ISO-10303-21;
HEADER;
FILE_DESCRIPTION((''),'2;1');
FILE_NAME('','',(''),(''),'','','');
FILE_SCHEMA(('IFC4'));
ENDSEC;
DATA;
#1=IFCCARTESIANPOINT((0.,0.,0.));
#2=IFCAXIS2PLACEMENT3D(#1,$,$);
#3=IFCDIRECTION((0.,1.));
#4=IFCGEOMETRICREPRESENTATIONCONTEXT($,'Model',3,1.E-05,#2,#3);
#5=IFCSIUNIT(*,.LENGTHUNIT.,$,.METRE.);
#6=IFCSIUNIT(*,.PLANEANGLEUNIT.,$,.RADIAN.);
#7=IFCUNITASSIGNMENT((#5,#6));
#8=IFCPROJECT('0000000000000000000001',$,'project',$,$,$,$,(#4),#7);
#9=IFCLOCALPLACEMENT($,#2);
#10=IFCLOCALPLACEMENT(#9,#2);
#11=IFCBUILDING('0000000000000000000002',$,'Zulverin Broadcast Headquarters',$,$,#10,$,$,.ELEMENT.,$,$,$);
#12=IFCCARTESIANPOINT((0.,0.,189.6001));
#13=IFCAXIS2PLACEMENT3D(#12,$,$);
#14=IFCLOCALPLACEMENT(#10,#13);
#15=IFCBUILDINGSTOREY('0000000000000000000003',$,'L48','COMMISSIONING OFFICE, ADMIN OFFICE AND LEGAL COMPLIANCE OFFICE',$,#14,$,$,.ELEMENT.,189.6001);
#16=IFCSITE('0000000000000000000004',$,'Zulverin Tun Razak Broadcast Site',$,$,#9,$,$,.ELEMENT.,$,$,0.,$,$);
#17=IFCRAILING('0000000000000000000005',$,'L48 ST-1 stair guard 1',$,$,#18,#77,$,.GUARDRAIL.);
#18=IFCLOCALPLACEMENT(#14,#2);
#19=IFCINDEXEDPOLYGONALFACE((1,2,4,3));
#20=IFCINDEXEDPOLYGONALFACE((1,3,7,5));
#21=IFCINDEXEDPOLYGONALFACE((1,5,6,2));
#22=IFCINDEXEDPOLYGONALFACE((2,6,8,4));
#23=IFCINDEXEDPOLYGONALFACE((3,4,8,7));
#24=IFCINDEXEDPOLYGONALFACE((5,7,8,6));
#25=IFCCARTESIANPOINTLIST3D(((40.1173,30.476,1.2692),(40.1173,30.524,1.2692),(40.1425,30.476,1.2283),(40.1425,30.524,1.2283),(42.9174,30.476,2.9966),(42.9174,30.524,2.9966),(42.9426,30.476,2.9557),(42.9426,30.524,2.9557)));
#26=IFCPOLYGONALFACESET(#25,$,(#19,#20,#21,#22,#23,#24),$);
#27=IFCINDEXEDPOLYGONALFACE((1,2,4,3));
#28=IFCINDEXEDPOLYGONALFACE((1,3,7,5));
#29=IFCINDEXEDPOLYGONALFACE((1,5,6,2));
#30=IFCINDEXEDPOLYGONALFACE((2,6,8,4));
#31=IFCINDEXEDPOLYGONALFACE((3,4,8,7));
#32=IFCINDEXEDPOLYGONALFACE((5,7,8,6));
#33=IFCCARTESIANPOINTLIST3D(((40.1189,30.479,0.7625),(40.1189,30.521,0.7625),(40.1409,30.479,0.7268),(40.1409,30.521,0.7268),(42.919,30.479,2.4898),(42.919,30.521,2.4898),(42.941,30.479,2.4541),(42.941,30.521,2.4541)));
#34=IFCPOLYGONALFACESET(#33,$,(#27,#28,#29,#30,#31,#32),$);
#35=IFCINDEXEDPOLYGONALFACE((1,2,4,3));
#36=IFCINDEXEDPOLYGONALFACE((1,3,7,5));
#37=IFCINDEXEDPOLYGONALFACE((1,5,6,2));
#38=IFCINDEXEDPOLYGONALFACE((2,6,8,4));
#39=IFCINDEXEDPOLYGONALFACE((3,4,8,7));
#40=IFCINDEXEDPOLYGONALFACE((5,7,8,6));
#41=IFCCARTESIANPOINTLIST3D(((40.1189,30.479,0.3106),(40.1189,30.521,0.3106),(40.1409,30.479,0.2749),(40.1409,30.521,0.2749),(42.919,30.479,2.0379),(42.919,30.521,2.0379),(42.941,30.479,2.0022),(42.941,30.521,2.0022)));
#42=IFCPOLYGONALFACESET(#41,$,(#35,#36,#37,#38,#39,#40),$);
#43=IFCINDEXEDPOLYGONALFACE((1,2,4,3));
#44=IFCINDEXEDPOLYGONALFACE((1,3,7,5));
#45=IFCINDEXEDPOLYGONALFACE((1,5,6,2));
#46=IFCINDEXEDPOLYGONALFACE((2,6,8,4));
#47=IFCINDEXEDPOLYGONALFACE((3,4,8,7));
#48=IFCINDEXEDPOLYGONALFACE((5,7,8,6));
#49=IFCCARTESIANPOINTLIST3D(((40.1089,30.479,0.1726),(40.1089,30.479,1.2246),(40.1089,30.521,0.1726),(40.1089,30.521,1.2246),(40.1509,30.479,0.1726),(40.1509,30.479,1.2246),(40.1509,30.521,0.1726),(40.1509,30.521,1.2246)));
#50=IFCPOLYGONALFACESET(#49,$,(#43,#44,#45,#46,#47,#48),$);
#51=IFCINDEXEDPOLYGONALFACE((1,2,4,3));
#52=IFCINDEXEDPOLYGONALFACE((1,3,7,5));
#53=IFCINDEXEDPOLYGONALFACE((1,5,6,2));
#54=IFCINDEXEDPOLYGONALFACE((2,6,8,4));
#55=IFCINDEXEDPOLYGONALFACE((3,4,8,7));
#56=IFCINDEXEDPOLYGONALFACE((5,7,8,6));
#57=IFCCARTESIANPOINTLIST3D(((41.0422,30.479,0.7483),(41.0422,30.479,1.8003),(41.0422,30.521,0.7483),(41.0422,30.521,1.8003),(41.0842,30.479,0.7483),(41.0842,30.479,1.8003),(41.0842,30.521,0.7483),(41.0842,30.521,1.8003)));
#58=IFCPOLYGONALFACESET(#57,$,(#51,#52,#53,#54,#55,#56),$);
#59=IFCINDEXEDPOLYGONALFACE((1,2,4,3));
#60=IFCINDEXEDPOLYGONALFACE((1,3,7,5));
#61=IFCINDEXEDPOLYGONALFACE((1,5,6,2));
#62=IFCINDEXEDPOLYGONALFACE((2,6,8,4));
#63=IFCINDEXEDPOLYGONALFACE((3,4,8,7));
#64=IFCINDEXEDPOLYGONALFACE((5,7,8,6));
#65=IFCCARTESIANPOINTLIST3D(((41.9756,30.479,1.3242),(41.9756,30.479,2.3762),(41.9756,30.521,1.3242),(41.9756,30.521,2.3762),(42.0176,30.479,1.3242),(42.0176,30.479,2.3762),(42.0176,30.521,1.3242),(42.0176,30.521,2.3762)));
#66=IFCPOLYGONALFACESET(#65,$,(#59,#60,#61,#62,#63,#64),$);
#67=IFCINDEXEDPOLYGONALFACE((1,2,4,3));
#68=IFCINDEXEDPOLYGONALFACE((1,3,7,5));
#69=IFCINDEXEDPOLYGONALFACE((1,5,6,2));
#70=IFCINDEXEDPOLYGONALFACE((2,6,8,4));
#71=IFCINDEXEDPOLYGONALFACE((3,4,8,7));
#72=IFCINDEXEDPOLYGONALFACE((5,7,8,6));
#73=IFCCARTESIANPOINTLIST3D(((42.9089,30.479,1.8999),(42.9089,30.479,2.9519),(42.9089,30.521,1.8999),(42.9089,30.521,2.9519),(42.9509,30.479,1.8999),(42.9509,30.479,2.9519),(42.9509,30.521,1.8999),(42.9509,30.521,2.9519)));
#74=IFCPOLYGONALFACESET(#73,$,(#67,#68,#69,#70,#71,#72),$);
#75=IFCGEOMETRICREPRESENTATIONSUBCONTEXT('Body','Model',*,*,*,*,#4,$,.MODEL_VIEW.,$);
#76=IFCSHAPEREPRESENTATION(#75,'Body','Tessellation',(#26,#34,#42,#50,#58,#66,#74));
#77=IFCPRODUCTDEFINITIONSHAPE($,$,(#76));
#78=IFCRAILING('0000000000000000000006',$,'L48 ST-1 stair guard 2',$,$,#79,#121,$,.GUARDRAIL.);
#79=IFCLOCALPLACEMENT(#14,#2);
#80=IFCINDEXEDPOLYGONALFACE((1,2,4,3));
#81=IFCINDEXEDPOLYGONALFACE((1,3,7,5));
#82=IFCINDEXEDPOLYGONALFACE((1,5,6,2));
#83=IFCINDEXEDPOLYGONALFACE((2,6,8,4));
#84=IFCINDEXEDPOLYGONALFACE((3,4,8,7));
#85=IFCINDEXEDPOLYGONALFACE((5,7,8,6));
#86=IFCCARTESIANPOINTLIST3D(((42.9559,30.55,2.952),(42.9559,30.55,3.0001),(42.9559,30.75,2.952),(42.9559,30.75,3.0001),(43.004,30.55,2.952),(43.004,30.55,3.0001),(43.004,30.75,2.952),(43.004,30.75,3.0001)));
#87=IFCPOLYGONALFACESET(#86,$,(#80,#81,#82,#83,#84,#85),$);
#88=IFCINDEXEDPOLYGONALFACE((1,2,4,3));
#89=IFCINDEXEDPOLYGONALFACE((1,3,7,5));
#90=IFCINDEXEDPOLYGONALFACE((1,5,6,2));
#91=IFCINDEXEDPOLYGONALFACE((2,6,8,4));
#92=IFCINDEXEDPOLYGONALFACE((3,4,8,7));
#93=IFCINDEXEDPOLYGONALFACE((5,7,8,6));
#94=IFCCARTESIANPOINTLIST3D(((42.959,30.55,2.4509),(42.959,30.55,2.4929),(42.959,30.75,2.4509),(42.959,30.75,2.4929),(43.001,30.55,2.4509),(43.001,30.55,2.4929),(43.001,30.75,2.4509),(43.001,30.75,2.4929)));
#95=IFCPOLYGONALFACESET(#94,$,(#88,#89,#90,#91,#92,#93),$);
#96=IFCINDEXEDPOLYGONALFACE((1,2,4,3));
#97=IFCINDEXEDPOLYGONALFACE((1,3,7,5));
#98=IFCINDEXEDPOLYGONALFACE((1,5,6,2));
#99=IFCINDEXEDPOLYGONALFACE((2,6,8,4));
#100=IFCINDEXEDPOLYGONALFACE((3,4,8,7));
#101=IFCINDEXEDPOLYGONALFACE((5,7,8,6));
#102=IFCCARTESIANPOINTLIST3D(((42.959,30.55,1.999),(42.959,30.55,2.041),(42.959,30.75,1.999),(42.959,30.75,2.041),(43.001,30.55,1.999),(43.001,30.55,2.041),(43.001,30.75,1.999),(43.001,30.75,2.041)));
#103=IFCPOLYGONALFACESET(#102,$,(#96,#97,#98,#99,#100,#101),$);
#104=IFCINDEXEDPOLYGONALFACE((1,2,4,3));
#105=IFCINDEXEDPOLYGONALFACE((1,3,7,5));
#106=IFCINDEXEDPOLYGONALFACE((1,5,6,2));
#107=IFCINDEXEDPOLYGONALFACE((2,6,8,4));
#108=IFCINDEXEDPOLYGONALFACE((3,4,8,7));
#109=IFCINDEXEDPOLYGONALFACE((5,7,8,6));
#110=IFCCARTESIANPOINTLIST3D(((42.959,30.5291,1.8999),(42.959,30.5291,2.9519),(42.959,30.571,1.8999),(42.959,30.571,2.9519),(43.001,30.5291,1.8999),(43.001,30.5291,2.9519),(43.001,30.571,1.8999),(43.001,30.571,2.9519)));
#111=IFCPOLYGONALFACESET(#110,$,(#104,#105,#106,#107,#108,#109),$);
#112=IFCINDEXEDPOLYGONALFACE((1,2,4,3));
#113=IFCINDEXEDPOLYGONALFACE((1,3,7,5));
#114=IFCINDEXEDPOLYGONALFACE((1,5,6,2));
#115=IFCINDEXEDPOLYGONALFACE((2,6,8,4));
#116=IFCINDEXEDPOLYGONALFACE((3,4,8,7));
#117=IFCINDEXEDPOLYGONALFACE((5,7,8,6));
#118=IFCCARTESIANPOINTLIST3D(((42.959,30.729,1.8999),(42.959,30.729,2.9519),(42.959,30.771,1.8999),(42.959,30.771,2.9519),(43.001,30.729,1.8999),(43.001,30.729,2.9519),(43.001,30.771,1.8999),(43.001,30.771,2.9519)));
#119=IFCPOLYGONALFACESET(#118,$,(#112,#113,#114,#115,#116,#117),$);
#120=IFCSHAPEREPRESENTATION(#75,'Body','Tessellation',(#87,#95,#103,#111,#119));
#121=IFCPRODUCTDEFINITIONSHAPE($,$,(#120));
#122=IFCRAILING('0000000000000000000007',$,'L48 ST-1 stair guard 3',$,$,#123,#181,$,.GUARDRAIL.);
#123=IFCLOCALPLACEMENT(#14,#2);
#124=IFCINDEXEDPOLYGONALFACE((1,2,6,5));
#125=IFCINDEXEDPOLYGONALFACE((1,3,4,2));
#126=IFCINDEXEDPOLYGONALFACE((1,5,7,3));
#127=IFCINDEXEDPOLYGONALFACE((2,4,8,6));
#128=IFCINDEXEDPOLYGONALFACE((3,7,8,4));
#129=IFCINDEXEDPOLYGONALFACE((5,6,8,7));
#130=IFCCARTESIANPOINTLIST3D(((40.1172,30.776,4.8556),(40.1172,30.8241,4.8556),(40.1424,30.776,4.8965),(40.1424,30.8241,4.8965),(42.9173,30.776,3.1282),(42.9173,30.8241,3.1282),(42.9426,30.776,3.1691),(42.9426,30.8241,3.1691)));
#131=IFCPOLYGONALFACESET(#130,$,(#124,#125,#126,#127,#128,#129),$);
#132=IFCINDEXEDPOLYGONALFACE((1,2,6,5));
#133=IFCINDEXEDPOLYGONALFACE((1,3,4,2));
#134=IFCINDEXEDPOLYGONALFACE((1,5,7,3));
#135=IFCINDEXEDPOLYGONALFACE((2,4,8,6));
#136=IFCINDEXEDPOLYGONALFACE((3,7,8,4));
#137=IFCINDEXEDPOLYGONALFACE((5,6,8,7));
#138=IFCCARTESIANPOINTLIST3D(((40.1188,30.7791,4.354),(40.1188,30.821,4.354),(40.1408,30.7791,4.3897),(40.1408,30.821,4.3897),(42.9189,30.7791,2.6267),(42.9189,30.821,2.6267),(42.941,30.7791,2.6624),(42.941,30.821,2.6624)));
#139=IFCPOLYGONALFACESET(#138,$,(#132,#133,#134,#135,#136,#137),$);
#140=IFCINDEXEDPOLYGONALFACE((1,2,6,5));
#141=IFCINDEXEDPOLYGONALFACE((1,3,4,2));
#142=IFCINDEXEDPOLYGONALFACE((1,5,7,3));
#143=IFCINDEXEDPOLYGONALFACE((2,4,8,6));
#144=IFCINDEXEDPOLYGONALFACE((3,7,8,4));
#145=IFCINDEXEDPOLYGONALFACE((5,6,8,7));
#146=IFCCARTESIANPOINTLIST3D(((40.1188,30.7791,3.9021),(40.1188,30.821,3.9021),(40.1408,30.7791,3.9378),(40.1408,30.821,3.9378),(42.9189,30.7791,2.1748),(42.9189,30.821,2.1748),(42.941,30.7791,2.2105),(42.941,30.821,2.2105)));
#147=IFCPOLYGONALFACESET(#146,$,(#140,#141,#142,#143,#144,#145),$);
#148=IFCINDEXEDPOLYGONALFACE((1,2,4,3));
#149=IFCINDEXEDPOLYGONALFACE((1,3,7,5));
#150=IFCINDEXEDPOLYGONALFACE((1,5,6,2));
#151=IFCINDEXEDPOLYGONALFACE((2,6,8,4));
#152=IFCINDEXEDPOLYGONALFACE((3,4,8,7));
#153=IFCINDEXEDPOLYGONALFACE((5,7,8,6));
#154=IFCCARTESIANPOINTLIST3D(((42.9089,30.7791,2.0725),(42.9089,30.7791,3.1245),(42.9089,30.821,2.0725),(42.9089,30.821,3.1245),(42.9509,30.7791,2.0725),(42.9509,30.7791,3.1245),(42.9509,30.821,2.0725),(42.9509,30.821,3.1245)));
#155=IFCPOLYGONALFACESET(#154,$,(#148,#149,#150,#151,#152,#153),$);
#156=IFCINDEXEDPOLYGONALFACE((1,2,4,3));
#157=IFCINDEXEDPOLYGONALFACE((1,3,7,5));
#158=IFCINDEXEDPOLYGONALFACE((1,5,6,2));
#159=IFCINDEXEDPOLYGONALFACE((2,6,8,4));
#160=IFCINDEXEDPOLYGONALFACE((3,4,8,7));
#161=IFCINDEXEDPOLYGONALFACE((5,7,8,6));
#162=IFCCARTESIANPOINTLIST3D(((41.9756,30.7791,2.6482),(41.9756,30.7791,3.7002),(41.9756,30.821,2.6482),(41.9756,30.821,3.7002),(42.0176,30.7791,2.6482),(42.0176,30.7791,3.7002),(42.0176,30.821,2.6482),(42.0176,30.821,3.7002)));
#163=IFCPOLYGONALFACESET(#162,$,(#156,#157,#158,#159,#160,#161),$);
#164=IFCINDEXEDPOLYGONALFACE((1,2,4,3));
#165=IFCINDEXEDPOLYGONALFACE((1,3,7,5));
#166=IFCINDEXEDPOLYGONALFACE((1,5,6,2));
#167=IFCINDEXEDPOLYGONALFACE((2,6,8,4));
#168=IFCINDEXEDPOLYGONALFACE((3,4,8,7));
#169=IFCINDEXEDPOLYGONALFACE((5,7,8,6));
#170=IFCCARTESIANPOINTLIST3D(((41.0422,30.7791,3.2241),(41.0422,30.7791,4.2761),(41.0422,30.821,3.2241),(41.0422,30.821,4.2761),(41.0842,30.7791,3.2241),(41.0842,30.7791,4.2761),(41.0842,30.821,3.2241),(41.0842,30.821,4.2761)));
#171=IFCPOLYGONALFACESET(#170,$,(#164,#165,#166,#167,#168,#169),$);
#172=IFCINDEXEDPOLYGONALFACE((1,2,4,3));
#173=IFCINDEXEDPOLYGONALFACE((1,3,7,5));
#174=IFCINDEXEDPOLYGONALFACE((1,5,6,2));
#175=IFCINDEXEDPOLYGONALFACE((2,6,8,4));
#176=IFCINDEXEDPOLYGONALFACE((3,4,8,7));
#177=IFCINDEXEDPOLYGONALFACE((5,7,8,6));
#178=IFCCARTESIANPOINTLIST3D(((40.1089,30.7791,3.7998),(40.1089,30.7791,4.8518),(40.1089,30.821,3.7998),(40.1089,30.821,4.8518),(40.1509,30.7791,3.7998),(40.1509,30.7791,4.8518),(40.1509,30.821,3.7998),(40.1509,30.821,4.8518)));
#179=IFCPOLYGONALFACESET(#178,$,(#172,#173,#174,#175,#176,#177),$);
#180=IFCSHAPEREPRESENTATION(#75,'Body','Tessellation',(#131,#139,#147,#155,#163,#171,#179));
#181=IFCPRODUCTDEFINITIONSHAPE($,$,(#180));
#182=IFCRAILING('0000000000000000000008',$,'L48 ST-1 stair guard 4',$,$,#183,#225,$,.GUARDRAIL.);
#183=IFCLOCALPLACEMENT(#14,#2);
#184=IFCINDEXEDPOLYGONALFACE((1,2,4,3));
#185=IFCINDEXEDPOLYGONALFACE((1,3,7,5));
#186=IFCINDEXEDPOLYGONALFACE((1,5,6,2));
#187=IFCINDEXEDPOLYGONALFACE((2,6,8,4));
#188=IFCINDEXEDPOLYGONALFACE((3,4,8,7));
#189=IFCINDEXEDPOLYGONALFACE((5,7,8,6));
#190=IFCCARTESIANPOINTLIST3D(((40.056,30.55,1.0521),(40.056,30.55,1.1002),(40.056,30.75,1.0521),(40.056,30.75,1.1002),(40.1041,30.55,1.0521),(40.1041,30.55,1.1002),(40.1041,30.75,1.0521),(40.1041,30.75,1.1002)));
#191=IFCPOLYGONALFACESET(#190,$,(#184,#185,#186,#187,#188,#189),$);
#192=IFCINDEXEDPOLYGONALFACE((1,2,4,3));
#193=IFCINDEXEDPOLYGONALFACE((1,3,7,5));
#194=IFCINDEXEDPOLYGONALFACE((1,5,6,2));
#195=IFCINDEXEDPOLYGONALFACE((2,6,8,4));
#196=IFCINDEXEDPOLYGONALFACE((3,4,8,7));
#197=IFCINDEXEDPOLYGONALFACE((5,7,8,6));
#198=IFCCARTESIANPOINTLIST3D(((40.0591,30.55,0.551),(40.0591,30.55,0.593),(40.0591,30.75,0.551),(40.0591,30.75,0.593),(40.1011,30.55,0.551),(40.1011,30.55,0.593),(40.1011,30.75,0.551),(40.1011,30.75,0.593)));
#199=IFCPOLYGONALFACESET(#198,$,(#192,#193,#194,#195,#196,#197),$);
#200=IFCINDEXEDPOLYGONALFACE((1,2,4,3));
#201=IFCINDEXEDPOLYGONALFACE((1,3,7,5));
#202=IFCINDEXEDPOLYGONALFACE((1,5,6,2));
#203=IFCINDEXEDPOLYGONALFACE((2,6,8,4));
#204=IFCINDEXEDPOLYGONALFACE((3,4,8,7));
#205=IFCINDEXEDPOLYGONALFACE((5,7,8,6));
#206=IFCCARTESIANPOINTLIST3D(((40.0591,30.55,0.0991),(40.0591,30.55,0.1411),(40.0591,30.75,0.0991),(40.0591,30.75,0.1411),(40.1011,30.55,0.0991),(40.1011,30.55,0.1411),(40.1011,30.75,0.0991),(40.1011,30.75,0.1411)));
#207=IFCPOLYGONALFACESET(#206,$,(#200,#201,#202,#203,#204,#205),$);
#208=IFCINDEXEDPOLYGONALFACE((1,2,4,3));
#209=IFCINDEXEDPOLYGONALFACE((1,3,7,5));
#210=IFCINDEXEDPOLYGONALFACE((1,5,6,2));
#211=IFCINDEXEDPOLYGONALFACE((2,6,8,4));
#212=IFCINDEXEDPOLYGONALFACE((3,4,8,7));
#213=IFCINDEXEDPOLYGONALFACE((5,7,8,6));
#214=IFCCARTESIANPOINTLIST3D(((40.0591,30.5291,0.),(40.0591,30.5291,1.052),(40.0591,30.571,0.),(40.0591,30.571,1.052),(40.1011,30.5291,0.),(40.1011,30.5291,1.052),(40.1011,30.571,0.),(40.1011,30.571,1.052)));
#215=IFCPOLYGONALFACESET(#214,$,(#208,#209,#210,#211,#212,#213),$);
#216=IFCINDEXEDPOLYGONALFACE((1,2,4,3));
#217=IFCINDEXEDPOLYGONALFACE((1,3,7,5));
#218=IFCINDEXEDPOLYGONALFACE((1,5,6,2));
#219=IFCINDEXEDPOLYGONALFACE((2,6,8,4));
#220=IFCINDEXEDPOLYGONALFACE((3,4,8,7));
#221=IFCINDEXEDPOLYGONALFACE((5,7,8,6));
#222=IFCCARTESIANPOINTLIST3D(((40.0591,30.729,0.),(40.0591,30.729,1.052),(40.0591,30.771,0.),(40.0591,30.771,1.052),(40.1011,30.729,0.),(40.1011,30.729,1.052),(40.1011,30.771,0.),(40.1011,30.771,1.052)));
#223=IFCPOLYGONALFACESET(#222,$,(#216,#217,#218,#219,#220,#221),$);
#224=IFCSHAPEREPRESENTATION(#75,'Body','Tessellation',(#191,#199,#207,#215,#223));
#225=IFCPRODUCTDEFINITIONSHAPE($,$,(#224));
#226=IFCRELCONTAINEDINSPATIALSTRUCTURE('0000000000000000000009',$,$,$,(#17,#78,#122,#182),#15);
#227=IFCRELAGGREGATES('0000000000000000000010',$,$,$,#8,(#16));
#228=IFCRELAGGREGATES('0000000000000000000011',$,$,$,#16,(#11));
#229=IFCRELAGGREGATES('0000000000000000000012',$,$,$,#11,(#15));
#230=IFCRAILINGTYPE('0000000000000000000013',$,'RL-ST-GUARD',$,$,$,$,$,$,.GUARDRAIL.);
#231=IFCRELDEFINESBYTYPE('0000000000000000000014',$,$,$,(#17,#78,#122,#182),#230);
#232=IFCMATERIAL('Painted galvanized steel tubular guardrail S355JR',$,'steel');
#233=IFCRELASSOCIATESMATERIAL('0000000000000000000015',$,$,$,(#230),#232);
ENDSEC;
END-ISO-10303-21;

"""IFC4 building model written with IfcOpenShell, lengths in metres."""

from ifc_helpers import new_model, si_unit, direction, frame, origin, origin_2d, place, context, subcontext, project, spatial, rectangle, extrude, material, type_object, element, save


model = new_model("IFC4")

# Units and contexts
model_context = context("Model", 3, precision=1e-05, world=origin(), true_north=direction((0.0, 1.0)))
body_context = subcontext(model_context, "Body", "Model", "MODEL_VIEW")
ifc_project = project(units=[si_unit("LENGTHUNIT", "METRE"), si_unit("PLANEANGLEUNIT", "RADIAN")], contexts=[model_context])

# Site, building, storey
site_placement = place(None, origin())
site = spatial("IfcSite", under=ifc_project, at=site_placement, Name="Zulverin Tun Razak Broadcast Site", CompositionType="ELEMENT", RefElevation=0.0)
building_placement = place(site_placement, origin())
building = spatial("IfcBuilding", under=site, at=building_placement, Name="Zulverin Broadcast Headquarters", CompositionType="ELEMENT")
storey_placement = place(building_placement, frame((0.0, 0.0, 189.6001)))
storey = spatial("IfcBuildingStorey", under=building, at=storey_placement, Name="L48", Description="COMMISSIONING OFFICE, ADMIN OFFICE AND LEGAL COMPLIANCE OFFICE", CompositionType="ELEMENT", Elevation=189.6001)

# Railings
ifc_material_1 = material(Name="Painted galvanized steel tubular guardrail S355JR", Category="steel")
railing_type_1 = type_object("IfcRailingType", Name="RL-ST-GUARD", PredefinedType="GUARDRAIL", material=ifc_material_1)
railing_1_placement = place(storey_placement, frame((40.1299, 30.5, 0.1726)))
element("IfcRailing", 1, at=railing_1_placement, inside=storey, type_object=railing_type_1, Name="L48 ST-1 stair guard 1", PredefinedType="GUARDRAIL", context=body_context, shape_type="SweptSolid", body=[
    extrude(rectangle(XDim=0.0481, YDim=0.0481, at=origin_2d()), frame((0.0, 0.0, 1.0762), z_axis=(0.85109, 0.0, 0.52502), x_axis=(0.0, 1.0, 0.0)), (0.0, 0.0, 1.0), 3.29),
    extrude(rectangle(XDim=0.042, YDim=0.042, at=origin_2d()), frame((0.0, 0.0, 0.572), z_axis=(0.85109, 0.0, 0.52502), x_axis=(0.0, 1.0, 0.0)), (0.0, 0.0, 1.0), 3.29),
    extrude(rectangle(XDim=0.042, YDim=0.042, at=origin_2d()), frame((0.0, 0.0, 0.1201), z_axis=(0.85109, 0.0, 0.52502), x_axis=(0.0, 1.0, 0.0)), (0.0, 0.0, 1.0), 3.29),
    extrude(rectangle(XDim=0.042, YDim=0.042, at=origin_2d()), origin(), (0.0, 0.0, 1.0), 1.052),
    extrude(rectangle(XDim=0.042, YDim=0.042, at=origin_2d()), frame((0.9333, 0.0, 0.5757)), (0.0, 0.0, 1.0), 1.052),
    extrude(rectangle(XDim=0.042, YDim=0.042, at=origin_2d()), frame((1.8667, 0.0, 1.1516)), (0.0, 0.0, 1.0), 1.052),
    extrude(rectangle(XDim=0.042, YDim=0.042, at=origin_2d()), frame((2.8, 0.0, 1.7273)), (0.0, 0.0, 1.0), 1.052),
])
railing_2_placement = place(storey_placement, frame((42.98, 30.55, 1.8999)))
element("IfcRailing", 2, at=railing_2_placement, inside=storey, type_object=railing_type_1, Name="L48 ST-1 stair guard 2", PredefinedType="GUARDRAIL", context=body_context, shape_type="SweptSolid", body=[
    extrude(rectangle(XDim=0.0481, YDim=0.0481, at=origin_2d()), frame((0.0, 0.0, 1.0762), z_axis=(0.0, 1.0, 0.0), x_axis=(-1.0, 0.0, 0.0)), (0.0, 0.0, 1.0), 0.2),
    extrude(rectangle(XDim=0.042, YDim=0.042, at=origin_2d()), frame((0.0, 0.0, 0.572), z_axis=(0.0, 1.0, 0.0), x_axis=(-1.0, 0.0, 0.0)), (0.0, 0.0, 1.0), 0.2),
    extrude(rectangle(XDim=0.042, YDim=0.042, at=origin_2d()), frame((0.0, 0.0, 0.1201), z_axis=(0.0, 1.0, 0.0), x_axis=(-1.0, 0.0, 0.0)), (0.0, 0.0, 1.0), 0.2),
    extrude(rectangle(XDim=0.042, YDim=0.042, at=origin_2d()), origin(), (0.0, 0.0, 1.0), 1.052),
    extrude(rectangle(XDim=0.042, YDim=0.042, at=origin_2d()), frame((0.0, 0.2, 0.0)), (0.0, 0.0, 1.0), 1.052),
])
railing_3_placement = place(storey_placement, frame((42.9299, 30.8, 2.0725)))
element("IfcRailing", 3, at=railing_3_placement, inside=storey, type_object=railing_type_1, Name="L48 ST-1 stair guard 3", PredefinedType="GUARDRAIL", context=body_context, shape_type="SweptSolid", body=[
    extrude(rectangle(XDim=0.0481, YDim=0.0481, at=origin_2d()), frame((0.0, 0.0, 1.0762), z_axis=(-0.85109, 0.0, 0.52502), x_axis=(0.0, -1.0, 0.0)), (0.0, 0.0, 1.0), 3.29),
    extrude(rectangle(XDim=0.042, YDim=0.042, at=origin_2d()), frame((0.0, 0.0, 0.572), z_axis=(-0.85109, 0.0, 0.52502), x_axis=(0.0, -1.0, 0.0)), (0.0, 0.0, 1.0), 3.29),
    extrude(rectangle(XDim=0.042, YDim=0.042, at=origin_2d()), frame((0.0, 0.0, 0.1201), z_axis=(-0.85109, 0.0, 0.52502), x_axis=(0.0, -1.0, 0.0)), (0.0, 0.0, 1.0), 3.29),
    extrude(rectangle(XDim=0.042, YDim=0.042, at=origin_2d()), origin(), (0.0, 0.0, 1.0), 1.052),
    extrude(rectangle(XDim=0.042, YDim=0.042, at=origin_2d()), frame((-0.9333, 0.0, 0.5757)), (0.0, 0.0, 1.0), 1.052),
    extrude(rectangle(XDim=0.042, YDim=0.042, at=origin_2d()), frame((-1.8667, 0.0, 1.1516)), (0.0, 0.0, 1.0), 1.052),
    extrude(rectangle(XDim=0.042, YDim=0.042, at=origin_2d()), frame((-2.8, 0.0, 1.7273)), (0.0, 0.0, 1.0), 1.052),
])
railing_4_placement = place(storey_placement, frame((40.0801, 30.55, 0.0)))
element("IfcRailing", 4, at=railing_4_placement, inside=storey, type_object=railing_type_1, Name="L48 ST-1 stair guard 4", PredefinedType="GUARDRAIL", context=body_context, shape_type="SweptSolid", body=[
    extrude(rectangle(XDim=0.0481, YDim=0.0481, at=origin_2d()), frame((0.0, 0.0, 1.0762), z_axis=(0.0, 1.0, 0.0), x_axis=(-1.0, 0.0, 0.0)), (0.0, 0.0, 1.0), 0.2),
    extrude(rectangle(XDim=0.042, YDim=0.042, at=origin_2d()), frame((0.0, 0.0, 0.572), z_axis=(0.0, 1.0, 0.0), x_axis=(-1.0, 0.0, 0.0)), (0.0, 0.0, 1.0), 0.2),
    extrude(rectangle(XDim=0.042, YDim=0.042, at=origin_2d()), frame((0.0, 0.0, 0.1201), z_axis=(0.0, 1.0, 0.0), x_axis=(-1.0, 0.0, 0.0)), (0.0, 0.0, 1.0), 0.2),
    extrude(rectangle(XDim=0.042, YDim=0.042, at=origin_2d()), origin(), (0.0, 0.0, 1.0), 1.052),
    extrude(rectangle(XDim=0.042, YDim=0.042, at=origin_2d()), frame((0.0, 0.2, 0.0)), (0.0, 0.0, 1.0), 1.052),
])

save(model, "model.ifc")
